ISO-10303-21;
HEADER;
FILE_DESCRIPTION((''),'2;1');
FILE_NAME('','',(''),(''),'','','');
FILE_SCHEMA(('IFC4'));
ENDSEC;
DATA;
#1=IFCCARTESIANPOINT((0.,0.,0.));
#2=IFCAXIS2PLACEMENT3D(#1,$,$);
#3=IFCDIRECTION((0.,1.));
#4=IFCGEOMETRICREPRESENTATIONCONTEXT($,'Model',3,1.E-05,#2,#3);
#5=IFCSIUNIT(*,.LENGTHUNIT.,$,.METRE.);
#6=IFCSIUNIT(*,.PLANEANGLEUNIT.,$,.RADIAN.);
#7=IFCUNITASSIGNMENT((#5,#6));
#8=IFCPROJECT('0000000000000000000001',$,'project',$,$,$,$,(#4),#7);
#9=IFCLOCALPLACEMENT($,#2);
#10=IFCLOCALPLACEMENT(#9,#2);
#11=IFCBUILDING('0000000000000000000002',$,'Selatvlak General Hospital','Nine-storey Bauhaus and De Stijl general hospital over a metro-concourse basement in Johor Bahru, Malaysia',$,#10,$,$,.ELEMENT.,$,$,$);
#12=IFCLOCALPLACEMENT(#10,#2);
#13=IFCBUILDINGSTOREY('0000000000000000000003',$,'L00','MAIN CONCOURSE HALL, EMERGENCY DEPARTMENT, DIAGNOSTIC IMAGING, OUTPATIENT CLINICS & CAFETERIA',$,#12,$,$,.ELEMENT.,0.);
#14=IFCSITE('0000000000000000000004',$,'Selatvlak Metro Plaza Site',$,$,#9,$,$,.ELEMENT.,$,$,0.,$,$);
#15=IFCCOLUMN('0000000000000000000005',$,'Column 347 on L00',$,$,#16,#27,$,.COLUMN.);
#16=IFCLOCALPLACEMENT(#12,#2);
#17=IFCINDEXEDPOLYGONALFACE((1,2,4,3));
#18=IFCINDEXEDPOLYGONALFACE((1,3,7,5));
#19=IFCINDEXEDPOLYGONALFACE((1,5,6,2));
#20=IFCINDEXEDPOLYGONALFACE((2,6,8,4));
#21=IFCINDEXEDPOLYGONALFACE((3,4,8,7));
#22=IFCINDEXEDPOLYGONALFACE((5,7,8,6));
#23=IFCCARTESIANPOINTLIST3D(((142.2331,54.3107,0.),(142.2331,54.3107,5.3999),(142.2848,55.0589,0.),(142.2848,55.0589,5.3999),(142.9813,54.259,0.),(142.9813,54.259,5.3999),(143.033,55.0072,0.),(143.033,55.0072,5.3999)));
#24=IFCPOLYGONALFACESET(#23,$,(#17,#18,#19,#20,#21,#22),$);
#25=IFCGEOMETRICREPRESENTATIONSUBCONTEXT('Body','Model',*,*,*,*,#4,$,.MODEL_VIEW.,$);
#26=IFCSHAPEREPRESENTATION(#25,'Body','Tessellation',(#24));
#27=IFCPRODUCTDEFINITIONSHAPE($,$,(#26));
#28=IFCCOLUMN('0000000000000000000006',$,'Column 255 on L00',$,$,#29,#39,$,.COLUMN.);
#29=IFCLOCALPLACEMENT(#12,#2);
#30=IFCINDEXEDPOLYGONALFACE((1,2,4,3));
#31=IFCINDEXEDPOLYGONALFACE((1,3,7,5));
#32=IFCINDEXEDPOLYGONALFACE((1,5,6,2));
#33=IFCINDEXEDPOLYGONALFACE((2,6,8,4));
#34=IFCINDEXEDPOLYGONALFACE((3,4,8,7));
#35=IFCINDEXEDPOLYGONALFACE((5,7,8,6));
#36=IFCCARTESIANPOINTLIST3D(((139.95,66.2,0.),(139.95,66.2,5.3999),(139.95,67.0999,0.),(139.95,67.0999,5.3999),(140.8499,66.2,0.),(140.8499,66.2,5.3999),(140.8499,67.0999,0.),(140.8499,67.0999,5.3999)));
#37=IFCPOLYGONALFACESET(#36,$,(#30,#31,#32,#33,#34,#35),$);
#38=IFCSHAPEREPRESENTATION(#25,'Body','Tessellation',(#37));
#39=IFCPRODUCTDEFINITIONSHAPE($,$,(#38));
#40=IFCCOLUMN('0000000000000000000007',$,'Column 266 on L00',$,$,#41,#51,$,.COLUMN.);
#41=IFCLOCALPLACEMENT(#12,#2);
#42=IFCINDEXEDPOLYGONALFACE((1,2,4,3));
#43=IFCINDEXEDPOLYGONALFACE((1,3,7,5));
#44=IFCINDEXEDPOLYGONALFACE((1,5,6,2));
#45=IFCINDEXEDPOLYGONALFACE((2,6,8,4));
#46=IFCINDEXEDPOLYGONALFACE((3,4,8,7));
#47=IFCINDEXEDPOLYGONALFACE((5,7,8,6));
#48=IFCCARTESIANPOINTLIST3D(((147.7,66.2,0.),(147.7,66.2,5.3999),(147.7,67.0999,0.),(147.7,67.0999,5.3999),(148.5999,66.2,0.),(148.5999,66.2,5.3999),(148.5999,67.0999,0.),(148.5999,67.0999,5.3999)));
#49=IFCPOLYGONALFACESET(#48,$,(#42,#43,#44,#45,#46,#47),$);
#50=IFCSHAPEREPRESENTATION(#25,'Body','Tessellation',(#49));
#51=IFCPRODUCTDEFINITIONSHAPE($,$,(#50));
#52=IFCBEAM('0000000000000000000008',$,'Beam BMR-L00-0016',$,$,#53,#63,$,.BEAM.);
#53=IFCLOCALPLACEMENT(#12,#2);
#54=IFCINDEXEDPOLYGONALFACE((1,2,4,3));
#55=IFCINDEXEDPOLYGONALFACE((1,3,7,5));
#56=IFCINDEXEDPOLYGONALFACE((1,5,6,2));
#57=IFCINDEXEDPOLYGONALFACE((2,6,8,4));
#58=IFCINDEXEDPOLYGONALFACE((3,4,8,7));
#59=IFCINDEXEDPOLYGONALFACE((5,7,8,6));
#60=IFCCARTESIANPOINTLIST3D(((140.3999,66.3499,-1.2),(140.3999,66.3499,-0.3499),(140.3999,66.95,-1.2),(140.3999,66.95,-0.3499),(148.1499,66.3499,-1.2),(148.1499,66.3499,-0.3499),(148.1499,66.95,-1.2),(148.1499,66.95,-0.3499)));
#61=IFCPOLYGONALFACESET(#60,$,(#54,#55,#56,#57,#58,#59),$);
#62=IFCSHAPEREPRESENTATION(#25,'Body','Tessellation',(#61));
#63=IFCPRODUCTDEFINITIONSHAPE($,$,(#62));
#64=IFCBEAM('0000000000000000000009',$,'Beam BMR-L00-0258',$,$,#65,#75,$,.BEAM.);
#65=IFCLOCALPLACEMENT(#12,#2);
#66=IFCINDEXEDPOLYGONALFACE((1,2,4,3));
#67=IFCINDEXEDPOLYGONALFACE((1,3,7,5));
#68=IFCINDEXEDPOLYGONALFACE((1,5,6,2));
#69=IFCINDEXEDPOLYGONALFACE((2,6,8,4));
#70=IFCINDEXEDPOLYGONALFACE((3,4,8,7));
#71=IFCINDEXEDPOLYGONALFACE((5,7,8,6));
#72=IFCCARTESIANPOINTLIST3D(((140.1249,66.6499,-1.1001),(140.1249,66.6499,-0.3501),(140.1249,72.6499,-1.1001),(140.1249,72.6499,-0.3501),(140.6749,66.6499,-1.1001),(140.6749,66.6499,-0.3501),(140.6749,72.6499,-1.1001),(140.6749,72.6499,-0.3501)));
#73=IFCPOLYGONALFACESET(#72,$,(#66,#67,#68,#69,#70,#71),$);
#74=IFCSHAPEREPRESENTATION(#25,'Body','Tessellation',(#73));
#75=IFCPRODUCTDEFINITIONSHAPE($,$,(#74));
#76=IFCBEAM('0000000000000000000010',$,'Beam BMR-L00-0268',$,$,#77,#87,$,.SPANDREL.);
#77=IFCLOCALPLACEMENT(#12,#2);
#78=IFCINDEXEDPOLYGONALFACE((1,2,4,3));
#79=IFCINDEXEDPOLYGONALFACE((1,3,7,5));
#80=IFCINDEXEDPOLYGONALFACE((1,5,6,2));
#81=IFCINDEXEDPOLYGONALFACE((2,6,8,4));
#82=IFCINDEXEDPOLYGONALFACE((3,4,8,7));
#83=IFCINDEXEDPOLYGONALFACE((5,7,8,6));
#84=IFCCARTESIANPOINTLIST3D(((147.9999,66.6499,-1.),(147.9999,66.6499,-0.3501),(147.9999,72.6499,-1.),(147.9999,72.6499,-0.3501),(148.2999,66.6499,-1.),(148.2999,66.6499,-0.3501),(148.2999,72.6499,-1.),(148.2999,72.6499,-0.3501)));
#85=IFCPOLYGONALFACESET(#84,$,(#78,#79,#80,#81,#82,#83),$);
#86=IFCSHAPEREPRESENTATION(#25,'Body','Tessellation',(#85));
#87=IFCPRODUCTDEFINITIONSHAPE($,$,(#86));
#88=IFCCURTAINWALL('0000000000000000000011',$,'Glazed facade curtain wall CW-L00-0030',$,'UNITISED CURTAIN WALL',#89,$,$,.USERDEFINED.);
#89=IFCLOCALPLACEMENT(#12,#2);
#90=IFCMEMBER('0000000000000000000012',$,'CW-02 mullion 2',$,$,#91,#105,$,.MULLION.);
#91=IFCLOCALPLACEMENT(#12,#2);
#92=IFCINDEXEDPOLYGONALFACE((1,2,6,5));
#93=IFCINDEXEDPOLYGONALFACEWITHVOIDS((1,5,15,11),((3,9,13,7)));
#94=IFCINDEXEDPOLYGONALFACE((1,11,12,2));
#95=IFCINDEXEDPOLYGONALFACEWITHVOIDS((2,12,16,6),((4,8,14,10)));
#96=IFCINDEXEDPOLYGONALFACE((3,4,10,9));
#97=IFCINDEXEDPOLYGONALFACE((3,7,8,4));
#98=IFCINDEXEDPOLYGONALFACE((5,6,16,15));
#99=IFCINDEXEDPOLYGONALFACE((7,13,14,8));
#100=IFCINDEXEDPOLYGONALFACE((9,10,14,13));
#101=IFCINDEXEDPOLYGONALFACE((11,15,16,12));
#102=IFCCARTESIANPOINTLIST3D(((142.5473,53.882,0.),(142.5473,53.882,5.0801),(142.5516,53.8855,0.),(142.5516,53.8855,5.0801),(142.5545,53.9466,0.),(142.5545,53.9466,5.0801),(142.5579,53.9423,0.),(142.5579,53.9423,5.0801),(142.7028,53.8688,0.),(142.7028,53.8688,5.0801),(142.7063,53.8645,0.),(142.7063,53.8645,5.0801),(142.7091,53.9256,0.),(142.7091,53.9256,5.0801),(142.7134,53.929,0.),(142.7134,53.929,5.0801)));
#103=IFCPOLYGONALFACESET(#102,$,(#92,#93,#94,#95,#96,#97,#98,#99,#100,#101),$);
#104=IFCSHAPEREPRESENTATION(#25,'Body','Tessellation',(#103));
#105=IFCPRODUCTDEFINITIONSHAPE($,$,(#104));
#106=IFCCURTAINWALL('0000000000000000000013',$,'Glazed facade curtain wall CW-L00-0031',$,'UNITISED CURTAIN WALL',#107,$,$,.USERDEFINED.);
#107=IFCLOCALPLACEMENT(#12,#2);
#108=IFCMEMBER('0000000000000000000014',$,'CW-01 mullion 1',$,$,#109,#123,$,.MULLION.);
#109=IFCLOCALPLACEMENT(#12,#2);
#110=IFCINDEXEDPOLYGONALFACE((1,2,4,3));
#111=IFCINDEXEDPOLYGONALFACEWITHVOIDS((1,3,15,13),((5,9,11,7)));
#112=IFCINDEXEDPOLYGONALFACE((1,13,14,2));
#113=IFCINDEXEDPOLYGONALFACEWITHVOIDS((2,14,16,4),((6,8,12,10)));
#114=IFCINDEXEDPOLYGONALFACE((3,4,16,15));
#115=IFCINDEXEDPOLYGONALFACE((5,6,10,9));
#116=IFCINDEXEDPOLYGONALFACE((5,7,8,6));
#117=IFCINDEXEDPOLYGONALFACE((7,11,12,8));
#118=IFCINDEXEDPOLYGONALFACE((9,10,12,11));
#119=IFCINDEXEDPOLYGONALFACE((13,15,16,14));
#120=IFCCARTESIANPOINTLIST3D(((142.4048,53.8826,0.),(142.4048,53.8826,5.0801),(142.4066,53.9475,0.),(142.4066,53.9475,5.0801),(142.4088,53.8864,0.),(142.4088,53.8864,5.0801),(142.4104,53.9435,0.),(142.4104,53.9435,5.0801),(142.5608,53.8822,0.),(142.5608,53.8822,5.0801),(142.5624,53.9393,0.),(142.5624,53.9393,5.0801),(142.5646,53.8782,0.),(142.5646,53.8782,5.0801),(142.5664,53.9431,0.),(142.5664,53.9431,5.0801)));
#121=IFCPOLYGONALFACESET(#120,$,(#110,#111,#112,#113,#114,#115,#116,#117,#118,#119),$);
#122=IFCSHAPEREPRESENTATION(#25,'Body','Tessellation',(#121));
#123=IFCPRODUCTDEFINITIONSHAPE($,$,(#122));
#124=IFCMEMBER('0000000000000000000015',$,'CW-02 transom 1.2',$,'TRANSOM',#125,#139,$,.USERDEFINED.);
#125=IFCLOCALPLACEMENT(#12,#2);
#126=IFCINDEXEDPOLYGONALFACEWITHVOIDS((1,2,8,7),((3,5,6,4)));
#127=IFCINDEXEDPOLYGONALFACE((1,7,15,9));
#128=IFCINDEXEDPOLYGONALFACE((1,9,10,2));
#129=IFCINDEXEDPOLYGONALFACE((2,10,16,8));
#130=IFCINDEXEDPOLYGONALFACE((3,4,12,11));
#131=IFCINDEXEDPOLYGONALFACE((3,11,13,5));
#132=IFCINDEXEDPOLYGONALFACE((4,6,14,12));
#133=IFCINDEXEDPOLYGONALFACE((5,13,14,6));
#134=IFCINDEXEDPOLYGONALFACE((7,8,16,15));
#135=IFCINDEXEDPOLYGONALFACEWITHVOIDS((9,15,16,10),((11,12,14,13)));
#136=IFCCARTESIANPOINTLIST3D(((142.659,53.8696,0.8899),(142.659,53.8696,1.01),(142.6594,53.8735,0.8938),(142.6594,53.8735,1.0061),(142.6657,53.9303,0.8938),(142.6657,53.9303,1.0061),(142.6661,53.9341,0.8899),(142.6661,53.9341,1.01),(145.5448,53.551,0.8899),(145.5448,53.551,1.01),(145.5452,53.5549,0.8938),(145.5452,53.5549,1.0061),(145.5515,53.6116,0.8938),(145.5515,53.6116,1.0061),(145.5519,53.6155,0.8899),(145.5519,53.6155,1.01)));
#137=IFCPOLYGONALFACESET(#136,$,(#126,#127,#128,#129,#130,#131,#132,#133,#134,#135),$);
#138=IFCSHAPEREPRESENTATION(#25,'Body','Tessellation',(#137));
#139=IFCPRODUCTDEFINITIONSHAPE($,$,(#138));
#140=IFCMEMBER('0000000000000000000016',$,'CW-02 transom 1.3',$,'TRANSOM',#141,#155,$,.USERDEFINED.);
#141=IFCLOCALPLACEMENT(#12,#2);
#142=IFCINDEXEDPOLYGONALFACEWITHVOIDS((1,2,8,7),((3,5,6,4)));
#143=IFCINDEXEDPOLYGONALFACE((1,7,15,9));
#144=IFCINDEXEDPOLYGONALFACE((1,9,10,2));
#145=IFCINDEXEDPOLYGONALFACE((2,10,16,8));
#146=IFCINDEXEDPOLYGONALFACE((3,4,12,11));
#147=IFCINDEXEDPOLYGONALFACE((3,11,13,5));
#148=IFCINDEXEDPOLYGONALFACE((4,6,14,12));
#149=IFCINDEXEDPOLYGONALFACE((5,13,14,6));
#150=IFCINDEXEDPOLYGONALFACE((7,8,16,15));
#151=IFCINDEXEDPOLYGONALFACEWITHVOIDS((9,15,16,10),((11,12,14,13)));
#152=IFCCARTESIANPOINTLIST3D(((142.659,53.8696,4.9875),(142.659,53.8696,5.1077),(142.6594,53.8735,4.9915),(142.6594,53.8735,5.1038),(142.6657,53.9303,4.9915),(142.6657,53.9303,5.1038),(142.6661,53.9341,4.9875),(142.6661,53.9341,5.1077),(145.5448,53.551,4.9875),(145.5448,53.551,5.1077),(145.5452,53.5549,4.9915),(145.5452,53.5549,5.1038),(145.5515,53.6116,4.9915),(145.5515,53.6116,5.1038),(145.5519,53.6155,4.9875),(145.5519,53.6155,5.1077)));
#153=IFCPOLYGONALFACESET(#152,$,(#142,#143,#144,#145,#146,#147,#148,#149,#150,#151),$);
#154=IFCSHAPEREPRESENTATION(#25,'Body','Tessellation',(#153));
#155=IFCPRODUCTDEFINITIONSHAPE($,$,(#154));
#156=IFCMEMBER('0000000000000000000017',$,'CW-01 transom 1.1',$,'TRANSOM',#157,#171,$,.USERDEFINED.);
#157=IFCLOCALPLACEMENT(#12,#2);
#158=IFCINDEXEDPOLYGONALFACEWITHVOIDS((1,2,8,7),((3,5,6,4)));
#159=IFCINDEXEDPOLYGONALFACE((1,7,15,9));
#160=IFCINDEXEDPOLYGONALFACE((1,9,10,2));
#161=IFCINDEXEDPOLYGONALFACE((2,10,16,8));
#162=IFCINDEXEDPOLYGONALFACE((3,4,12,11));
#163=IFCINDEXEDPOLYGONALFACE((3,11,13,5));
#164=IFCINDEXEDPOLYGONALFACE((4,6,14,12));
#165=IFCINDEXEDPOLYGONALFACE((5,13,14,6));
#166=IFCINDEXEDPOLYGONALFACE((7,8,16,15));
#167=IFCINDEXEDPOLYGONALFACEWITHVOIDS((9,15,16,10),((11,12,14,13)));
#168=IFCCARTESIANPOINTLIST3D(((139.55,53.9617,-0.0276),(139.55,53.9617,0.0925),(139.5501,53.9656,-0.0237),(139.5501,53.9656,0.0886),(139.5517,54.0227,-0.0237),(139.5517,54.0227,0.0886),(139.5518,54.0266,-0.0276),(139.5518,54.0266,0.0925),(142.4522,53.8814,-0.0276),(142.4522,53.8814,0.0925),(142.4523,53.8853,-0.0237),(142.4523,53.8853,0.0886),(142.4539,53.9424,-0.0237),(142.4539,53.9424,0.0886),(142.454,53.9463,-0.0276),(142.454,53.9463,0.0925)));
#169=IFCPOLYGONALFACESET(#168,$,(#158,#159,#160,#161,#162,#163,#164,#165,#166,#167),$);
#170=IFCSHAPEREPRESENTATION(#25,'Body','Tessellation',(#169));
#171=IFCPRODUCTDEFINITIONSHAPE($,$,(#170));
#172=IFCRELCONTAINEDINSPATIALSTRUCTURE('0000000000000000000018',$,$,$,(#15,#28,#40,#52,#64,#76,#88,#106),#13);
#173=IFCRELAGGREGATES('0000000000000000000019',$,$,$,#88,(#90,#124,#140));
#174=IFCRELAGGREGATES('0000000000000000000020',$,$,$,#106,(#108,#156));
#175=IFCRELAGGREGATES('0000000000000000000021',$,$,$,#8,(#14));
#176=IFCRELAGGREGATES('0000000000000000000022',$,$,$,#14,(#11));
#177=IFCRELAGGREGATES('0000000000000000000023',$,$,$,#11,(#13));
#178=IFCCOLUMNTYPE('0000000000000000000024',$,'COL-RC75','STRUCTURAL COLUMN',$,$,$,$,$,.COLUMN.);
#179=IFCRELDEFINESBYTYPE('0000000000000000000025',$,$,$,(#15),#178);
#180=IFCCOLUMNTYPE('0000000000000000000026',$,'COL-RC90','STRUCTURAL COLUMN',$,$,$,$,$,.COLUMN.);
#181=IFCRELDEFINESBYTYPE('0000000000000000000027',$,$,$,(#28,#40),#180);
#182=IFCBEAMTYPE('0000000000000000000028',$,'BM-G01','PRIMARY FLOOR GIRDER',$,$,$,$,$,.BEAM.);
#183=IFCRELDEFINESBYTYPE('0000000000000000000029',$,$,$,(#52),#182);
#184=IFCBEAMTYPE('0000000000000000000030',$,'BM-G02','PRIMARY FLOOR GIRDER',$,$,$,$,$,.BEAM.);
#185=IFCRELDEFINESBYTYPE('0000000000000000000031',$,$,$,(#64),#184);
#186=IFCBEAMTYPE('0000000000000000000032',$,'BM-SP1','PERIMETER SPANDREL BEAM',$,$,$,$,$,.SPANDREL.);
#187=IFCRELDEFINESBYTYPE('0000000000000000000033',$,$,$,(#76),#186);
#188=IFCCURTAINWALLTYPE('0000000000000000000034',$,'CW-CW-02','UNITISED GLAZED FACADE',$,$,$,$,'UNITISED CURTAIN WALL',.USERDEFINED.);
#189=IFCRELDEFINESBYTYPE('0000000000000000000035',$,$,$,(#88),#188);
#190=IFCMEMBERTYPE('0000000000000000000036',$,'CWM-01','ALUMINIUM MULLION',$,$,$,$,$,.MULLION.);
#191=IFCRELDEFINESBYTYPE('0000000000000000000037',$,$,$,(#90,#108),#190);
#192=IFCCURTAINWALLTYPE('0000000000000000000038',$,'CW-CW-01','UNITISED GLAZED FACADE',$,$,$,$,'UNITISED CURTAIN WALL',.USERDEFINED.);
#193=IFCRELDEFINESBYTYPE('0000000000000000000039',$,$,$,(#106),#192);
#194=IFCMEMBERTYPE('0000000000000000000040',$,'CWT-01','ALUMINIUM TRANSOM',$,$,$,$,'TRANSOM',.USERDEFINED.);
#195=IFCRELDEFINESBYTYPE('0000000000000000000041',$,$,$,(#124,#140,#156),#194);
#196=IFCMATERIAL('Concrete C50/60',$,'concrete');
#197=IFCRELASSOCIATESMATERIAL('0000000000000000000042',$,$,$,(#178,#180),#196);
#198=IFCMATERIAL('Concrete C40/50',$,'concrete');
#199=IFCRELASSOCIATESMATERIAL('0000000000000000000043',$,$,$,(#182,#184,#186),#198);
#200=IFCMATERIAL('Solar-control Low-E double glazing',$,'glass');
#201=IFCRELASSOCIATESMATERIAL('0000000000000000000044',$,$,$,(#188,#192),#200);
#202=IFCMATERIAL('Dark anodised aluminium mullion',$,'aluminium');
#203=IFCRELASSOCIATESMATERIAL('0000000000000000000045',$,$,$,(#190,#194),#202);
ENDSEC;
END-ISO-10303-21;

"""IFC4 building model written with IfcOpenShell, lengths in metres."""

from ifc_helpers import new_model, si_unit, direction, frame, origin, origin_2d, place, context, subcontext, project, spatial, rectangle, hollow_rectangle, extrude, material, material_profile, profile_set, type_object, element, aggregate, save


model = new_model("IFC4")

# Units and contexts
model_context = context("Model", 3, precision=1e-05, world=origin(), true_north=direction((0.0, 1.0)))
body_context = subcontext(model_context, "Body", "Model", "MODEL_VIEW")
ifc_project = project(units=[si_unit("LENGTHUNIT", "METRE"), si_unit("PLANEANGLEUNIT", "RADIAN")], contexts=[model_context])

# Site, building, storey
site_placement = place(None, origin())
site = spatial("IfcSite", under=ifc_project, at=site_placement, Name="Selatvlak Metro Plaza Site", CompositionType="ELEMENT", RefElevation=0.0)
building_placement = place(site_placement, origin())
building = spatial("IfcBuilding", under=site, at=building_placement, Name="Selatvlak General Hospital", Description="Nine-storey Bauhaus and De Stijl general hospital over a metro-concourse basement in Johor Bahru, Malaysia", CompositionType="ELEMENT")
storey_placement = place(building_placement, origin())
storey = spatial("IfcBuildingStorey", under=building, at=storey_placement, Name="L00", Description="MAIN CONCOURSE HALL, EMERGENCY DEPARTMENT, DIAGNOSTIC IMAGING, OUTPATIENT CLINICS & CAFETERIA", CompositionType="ELEMENT", Elevation=0.0)

# Columns
ifc_material_1 = material(Name="Concrete C50/60", Category="concrete")
ifc_material_profile_1 = material_profile(ifc_material_1, rectangle(XDim=0.75, YDim=0.75, at=origin_2d()), Name="RC-COL 750x750")
ifc_profile_set_1 = profile_set([ifc_material_profile_1], Name="Concrete C50/60")
column_type_1 = type_object("IfcColumnType", Name="COL-RC75", Description="STRUCTURAL COLUMN", PredefinedType="COLUMN", material=ifc_profile_set_1)
column_placement = place(storey_placement, frame((142.6331, 54.6589, 0.0), z_axis=(0.0, 0.0, 1.0), x_axis=(0.068938, 0.997621, 0.0)))
element("IfcColumn", 1, at=column_placement, inside=storey, type_object=column_type_1, Name="Column 347 on L00", PredefinedType="COLUMN", context=body_context, shape_type="SweptSolid", body=[
    extrude(rectangle(XDim=0.75, YDim=0.75, at=origin_2d()), origin(), (0.0, 0.0, 1.0), 5.3999),
])
ifc_material_profile_2 = material_profile(ifc_material_1, rectangle(XDim=0.8999, YDim=0.8999, at=origin_2d()), Name="RC-COL 900x900")
ifc_profile_set_2 = profile_set([ifc_material_profile_2], Name="Concrete C50/60")
column_type_2 = type_object("IfcColumnType", Name="COL-RC90", Description="STRUCTURAL COLUMN", PredefinedType="COLUMN", material=ifc_profile_set_2)
for number, where, z_axis, x_axis, name in (
    (2, (140.3999, 66.6499, 0.0), (0.0, 0.0, 1.0), (1.0, 0.0, 0.0), "Column 255 on L00"),
    (3, (148.1499, 66.6499, 0.0), (0.0, 0.0, 1.0), (1.0, 0.0, 0.0), "Column 266 on L00"),
):
    element("IfcColumn", number, at=place(storey_placement, frame(where, z_axis=z_axis, x_axis=x_axis)), inside=storey, type_object=column_type_2, Name=name, PredefinedType="COLUMN", context=body_context, shape_type="SweptSolid", body=[
        extrude(rectangle(XDim=0.8999, YDim=0.8999, at=origin_2d()), origin(), (0.0, 0.0, 1.0), 5.3999),
    ])

# Beams
ifc_material_2 = material(Name="Concrete C40/50", Category="concrete")
ifc_material_profile_3 = material_profile(ifc_material_2, rectangle(XDim=0.6001, YDim=0.8501, at=origin_2d()), Name="RC-BM 600x850")
ifc_profile_set_3 = profile_set([ifc_material_profile_3], Name="Concrete C40/50")
beam_type_1 = type_object("IfcBeamType", Name="BM-G01", Description="PRIMARY FLOOR GIRDER", PredefinedType="BEAM", material=ifc_profile_set_3)
beam_1_placement = place(storey_placement, frame((140.3999, 66.6499, -0.7749), z_axis=(1.0, 0.0, 0.0), x_axis=(0.0, 1.0, 0.0)))
element("IfcBeam", 4, at=beam_1_placement, inside=storey, type_object=beam_type_1, Name="Beam BMR-L00-0016", PredefinedType="BEAM", context=body_context, shape_type="SweptSolid", body=[
    extrude(rectangle(XDim=0.6001, YDim=0.8501, at=origin_2d()), origin(), (0.0, 0.0, 1.0), 7.75),
])
ifc_material_profile_4 = material_profile(ifc_material_2, rectangle(XDim=0.55, YDim=0.75, at=origin_2d()), Name="RC-BM 550x750")
ifc_profile_set_4 = profile_set([ifc_material_profile_4], Name="Concrete C40/50")
beam_type_2 = type_object("IfcBeamType", Name="BM-G02", Description="PRIMARY FLOOR GIRDER", PredefinedType="BEAM", material=ifc_profile_set_4)
beam_2_placement = place(storey_placement, frame((140.3999, 66.6499, -0.7251), z_axis=(0.0, 1.0, 0.0), x_axis=(-1.0, 0.0, 0.0)))
element("IfcBeam", 5, at=beam_2_placement, inside=storey, type_object=beam_type_2, Name="Beam BMR-L00-0258", PredefinedType="BEAM", context=body_context, shape_type="SweptSolid", body=[
    extrude(rectangle(XDim=0.55, YDim=0.75, at=origin_2d()), origin(), (0.0, 0.0, 1.0), 6.0),
])
ifc_material_profile_5 = material_profile(ifc_material_2, rectangle(XDim=0.3, YDim=0.6499, at=origin_2d()), Name="RC-SP 300x650")
ifc_profile_set_5 = profile_set([ifc_material_profile_5], Name="Concrete C40/50")
beam_type_3 = type_object("IfcBeamType", Name="BM-SP1", Description="PERIMETER SPANDREL BEAM", PredefinedType="SPANDREL", material=ifc_profile_set_5)
beam_3_placement = place(storey_placement, frame((148.1499, 66.6499, -0.675), z_axis=(0.0, 1.0, 0.0), x_axis=(-1.0, 0.0, 0.0)))
element("IfcBeam", 6, at=beam_3_placement, inside=storey, type_object=beam_type_3, Name="Beam BMR-L00-0268", PredefinedType="SPANDREL", context=body_context, shape_type="SweptSolid", body=[
    extrude(rectangle(XDim=0.3, YDim=0.6499, at=origin_2d()), origin(), (0.0, 0.0, 1.0), 6.0),
])

# Curtain walls, members
ifc_material_3 = material(Name="Solar-control Low-E double glazing", Category="glass")
curtain_wall_type_1 = type_object("IfcCurtainWallType", Name="CW-CW-02", Description="UNITISED GLAZED FACADE", ElementType="UNITISED CURTAIN WALL", PredefinedType="USERDEFINED", material=ifc_material_3)
curtain_wall_1_placement = place(storey_placement, origin())
curtain_wall_1 = element("IfcCurtainWall", 7, at=curtain_wall_1_placement, inside=storey, type_object=curtain_wall_type_1, Name="Glazed facade curtain wall CW-L00-0030", ObjectType="UNITISED CURTAIN WALL", PredefinedType="USERDEFINED")
ifc_material_4 = material(Name="Dark anodised aluminium mullion", Category="aluminium")
ifc_material_profile_6 = material_profile(ifc_material_4, hollow_rectangle(XDim=0.0649, YDim=0.1599, WallThickness=0.0039, at=origin_2d()), Name="AL-MUL 65x160x4")
ifc_profile_set_6 = profile_set([ifc_material_profile_6], Name="Dark anodised aluminium mullion")
member_type_1 = type_object("IfcMemberType", Name="CWM-01", Description="ALUMINIUM MULLION", PredefinedType="MULLION", material=ifc_profile_set_6)
member_1_placement = place(storey_placement, frame((142.6304, 53.9055, 0.0), z_axis=(0.0, 0.0, 1.0), x_axis=(-0.10978, -0.993956, 0.0)))
member_1 = element("IfcMember", 8, at=member_1_placement, type_object=member_type_1, Name="CW-02 mullion 2", PredefinedType="MULLION", context=body_context, shape_type="SweptSolid", body=[
    extrude(hollow_rectangle(XDim=0.0649, YDim=0.1599, WallThickness=0.0039, at=origin_2d()), origin(), (0.0, 0.0, 1.0), 5.0801),
])
curtain_wall_type_2 = type_object("IfcCurtainWallType", Name="CW-CW-01", Description="UNITISED GLAZED FACADE", ElementType="UNITISED CURTAIN WALL", PredefinedType="USERDEFINED", material=ifc_material_3)
curtain_wall_2_placement = place(storey_placement, origin())
curtain_wall_2 = element("IfcCurtainWall", 9, at=curtain_wall_2_placement, inside=storey, type_object=curtain_wall_type_2, Name="Glazed facade curtain wall CW-L00-0031", ObjectType="UNITISED CURTAIN WALL", PredefinedType="USERDEFINED")
member_2_placement = place(storey_placement, frame((142.4856, 53.9128, 0.0), z_axis=(0.0, 0.0, 1.0), x_axis=(-0.027694, -0.999616, 0.0)))
member_2 = element("IfcMember", 10, at=member_2_placement, type_object=member_type_1, Name="CW-01 mullion 1", PredefinedType="MULLION", context=body_context, shape_type="SweptSolid", body=[
    extrude(hollow_rectangle(XDim=0.0649, YDim=0.1599, WallThickness=0.0039, at=origin_2d()), origin(), (0.0, 0.0, 1.0), 5.0801),
])

# Members
ifc_material_profile_7 = material_profile(ifc_material_4, hollow_rectangle(XDim=0.0649, YDim=0.1201, WallThickness=0.0039, at=origin_2d()), Name="AL-TRN 65x120x4")
ifc_profile_set_7 = profile_set([ifc_material_profile_7], Name="Dark anodised aluminium mullion")
member_type_2 = type_object("IfcMemberType", Name="CWT-01", Description="ALUMINIUM TRANSOM", ElementType="TRANSOM", PredefinedType="USERDEFINED", material=ifc_profile_set_7)
member_3_placement = place(storey_placement, frame((145.5483, 53.5833, 0.95), z_axis=(-0.99396, 0.109739, 0.0), x_axis=(-0.109739, -0.99396, 0.0)))
member_3 = element("IfcMember", 11, at=member_3_placement, type_object=member_type_2, Name="CW-02 transom 1.2", ObjectType="TRANSOM", PredefinedType="USERDEFINED", context=body_context, shape_type="SweptSolid", body=[
    extrude(hollow_rectangle(XDim=0.0649, YDim=0.1201, WallThickness=0.0039, at=origin_2d()), origin(), (0.0, 0.0, 1.0), 2.9033),
])
member_4_placement = place(storey_placement, frame((145.5483, 53.5833, 5.0476), z_axis=(-0.99396, 0.109739, 0.0), x_axis=(-0.109739, -0.99396, 0.0)))
member_4 = element("IfcMember", 12, at=member_4_placement, type_object=member_type_2, Name="CW-02 transom 1.3", ObjectType="TRANSOM", PredefinedType="USERDEFINED", context=body_context, shape_type="SweptSolid", body=[
    extrude(hollow_rectangle(XDim=0.0649, YDim=0.1201, WallThickness=0.0039, at=origin_2d()), origin(), (0.0, 0.0, 1.0), 2.9033),
])
member_5_placement = place(storey_placement, frame((142.4531, 53.9138, 0.0325), z_axis=(-0.999617, 0.027667, 0.0), x_axis=(-0.027667, -0.999617, 0.0)))
member_5 = element("IfcMember", 13, at=member_5_placement, type_object=member_type_2, Name="CW-01 transom 1.1", ObjectType="TRANSOM", PredefinedType="USERDEFINED", context=body_context, shape_type="SweptSolid", body=[
    extrude(hollow_rectangle(XDim=0.0649, YDim=0.1201, WallThickness=0.0039, at=origin_2d()), origin(), (0.0, 0.0, 1.0), 2.9033),
])

aggregate(curtain_wall_1, [member_1, member_3, member_4])
aggregate(curtain_wall_2, [member_2, member_5])

save(model, "model.ifc")
